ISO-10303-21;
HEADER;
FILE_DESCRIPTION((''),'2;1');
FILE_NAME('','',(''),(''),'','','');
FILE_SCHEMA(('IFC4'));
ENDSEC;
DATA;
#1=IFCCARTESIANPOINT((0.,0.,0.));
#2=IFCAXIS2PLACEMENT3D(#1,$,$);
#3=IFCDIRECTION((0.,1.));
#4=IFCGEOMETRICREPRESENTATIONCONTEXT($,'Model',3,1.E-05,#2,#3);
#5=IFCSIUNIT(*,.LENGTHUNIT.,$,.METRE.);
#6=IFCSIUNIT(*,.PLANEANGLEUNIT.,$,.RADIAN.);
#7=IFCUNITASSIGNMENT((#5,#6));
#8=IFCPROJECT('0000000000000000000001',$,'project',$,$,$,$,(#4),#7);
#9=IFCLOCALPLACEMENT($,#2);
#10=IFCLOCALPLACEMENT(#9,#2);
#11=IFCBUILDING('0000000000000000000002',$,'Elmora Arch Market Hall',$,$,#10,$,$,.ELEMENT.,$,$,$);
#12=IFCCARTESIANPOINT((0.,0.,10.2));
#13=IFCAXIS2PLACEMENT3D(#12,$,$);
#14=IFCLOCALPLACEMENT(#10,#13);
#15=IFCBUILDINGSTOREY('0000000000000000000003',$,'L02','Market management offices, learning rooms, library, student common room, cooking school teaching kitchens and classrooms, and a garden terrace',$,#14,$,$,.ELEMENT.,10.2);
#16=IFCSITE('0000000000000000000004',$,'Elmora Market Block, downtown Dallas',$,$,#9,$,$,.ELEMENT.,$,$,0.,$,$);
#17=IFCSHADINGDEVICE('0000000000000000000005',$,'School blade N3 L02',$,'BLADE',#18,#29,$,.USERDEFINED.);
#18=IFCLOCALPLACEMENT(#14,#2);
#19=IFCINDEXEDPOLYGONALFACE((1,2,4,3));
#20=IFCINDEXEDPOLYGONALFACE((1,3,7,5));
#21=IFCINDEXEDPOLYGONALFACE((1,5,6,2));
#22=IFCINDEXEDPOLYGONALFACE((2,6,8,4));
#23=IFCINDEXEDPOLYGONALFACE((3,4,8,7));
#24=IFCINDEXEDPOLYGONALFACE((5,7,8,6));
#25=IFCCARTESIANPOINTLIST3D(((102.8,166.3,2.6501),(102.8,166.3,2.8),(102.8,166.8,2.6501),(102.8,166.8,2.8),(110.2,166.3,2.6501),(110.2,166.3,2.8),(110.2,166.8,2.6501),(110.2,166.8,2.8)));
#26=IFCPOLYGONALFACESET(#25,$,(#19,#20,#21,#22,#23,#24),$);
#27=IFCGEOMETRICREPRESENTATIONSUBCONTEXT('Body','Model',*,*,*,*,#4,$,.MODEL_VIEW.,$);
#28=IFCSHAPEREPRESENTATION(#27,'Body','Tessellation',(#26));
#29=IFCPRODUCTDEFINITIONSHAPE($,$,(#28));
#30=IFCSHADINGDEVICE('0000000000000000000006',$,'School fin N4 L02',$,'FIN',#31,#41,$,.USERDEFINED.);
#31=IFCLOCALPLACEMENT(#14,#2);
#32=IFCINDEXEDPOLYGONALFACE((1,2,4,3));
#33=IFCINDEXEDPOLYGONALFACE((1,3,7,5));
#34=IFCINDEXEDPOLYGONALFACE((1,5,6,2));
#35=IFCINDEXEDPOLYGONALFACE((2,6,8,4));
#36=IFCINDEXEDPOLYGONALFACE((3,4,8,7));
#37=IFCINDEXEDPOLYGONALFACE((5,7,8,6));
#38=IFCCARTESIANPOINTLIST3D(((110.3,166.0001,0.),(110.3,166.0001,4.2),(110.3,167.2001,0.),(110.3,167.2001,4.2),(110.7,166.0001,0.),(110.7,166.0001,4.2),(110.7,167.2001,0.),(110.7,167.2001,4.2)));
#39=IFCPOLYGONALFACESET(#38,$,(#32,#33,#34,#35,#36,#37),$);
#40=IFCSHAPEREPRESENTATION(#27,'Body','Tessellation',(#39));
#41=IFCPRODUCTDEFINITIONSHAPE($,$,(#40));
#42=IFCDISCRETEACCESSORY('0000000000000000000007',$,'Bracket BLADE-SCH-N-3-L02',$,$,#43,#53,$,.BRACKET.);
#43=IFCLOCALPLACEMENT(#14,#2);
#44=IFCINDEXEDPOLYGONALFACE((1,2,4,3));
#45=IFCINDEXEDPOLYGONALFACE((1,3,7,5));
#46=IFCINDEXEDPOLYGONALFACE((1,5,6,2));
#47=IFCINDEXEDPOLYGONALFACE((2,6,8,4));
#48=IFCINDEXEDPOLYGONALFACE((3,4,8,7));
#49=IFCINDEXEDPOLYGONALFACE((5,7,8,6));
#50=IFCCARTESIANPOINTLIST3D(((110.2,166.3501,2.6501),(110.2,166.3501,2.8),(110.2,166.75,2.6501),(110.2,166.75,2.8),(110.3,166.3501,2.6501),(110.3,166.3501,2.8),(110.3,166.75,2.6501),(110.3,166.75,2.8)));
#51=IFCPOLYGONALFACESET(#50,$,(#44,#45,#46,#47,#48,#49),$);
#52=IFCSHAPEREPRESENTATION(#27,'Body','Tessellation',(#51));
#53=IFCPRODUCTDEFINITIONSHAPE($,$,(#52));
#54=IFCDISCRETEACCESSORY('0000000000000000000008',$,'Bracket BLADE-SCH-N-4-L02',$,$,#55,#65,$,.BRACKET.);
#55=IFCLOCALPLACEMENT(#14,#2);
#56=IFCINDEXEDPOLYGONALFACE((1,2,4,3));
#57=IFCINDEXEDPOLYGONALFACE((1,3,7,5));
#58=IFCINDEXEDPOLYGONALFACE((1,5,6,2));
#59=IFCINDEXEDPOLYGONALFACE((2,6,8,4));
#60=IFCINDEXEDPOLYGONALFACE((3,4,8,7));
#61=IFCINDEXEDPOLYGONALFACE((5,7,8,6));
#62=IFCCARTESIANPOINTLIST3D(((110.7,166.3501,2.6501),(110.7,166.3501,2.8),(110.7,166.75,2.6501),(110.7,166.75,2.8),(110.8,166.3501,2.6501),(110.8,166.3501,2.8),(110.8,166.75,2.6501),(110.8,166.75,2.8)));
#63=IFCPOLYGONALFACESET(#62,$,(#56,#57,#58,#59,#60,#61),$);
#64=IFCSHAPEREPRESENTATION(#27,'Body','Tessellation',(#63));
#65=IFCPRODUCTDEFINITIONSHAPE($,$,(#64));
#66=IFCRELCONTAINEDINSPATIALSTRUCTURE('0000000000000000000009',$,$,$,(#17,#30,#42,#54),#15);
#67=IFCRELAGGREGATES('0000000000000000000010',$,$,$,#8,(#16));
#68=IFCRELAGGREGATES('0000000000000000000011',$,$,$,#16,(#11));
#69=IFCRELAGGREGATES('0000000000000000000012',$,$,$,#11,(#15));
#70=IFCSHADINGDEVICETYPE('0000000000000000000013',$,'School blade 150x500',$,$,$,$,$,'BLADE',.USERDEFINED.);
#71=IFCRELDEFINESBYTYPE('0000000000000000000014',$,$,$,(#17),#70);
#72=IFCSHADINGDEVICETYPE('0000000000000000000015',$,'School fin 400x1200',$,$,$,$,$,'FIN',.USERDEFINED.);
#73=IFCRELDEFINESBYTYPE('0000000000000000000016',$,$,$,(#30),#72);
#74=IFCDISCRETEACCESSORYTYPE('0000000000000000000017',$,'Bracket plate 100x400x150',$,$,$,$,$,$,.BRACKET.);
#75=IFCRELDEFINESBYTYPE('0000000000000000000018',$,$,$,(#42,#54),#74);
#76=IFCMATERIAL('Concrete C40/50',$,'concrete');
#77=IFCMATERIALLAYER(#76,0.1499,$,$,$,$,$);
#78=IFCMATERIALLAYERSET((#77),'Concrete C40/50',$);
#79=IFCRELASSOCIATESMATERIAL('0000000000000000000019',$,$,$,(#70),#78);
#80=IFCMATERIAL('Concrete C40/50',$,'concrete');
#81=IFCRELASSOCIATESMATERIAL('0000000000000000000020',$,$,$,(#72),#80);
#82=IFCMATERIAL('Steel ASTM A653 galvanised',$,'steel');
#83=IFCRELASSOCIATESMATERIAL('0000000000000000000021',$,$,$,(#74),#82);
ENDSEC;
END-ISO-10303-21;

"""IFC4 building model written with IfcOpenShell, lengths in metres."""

from ifc_helpers import new_model, si_unit, direction, frame, origin, origin_2d, place, context, subcontext, project, spatial, rectangle, extrude, material, layer, layer_set, type_object, element, save


model = new_model("IFC4")

# Units and contexts
model_context = context("Model", 3, precision=1e-05, world=origin(), true_north=direction((0.0, 1.0)))
body_context = subcontext(model_context, "Body", "Model", "MODEL_VIEW")
ifc_project = project(units=[si_unit("LENGTHUNIT", "METRE"), si_unit("PLANEANGLEUNIT", "RADIAN")], contexts=[model_context])

# Site, building, storey
site_placement = place(None, origin())
site = spatial("IfcSite", under=ifc_project, at=site_placement, Name="Elmora Market Block, downtown Dallas", CompositionType="ELEMENT", RefElevation=0.0)
building_placement = place(site_placement, origin())
building = spatial("IfcBuilding", under=site, at=building_placement, Name="Elmora Arch Market Hall", CompositionType="ELEMENT")
storey_placement = place(building_placement, frame((0.0, 0.0, 10.2)))
storey = spatial("IfcBuildingStorey", under=building, at=storey_placement, Name="L02", Description="Market management offices, learning rooms, library, student common room, cooking school teaching kitchens and classrooms, and a garden terrace", CompositionType="ELEMENT", Elevation=10.2)

# Shading devices
ifc_material_1 = material(Name="Concrete C40/50", Category="concrete")
ifc_layer_1 = layer(ifc_material_1, 0.1499)
ifc_layer_set_1 = layer_set([ifc_layer_1], Name="Concrete C40/50")
shading_device_type_1 = type_object("IfcShadingDeviceType", Name="School blade 150x500", ElementType="BLADE", PredefinedType="USERDEFINED", material=ifc_layer_set_1)
shading_device_1_placement = place(storey_placement, frame((106.5, 166.55, 2.6501), z_axis=(0.0, 0.0, 1.0), x_axis=(1.0, 0.0, 0.0)))
element("IfcShadingDevice", 1, at=shading_device_1_placement, inside=storey, type_object=shading_device_type_1, Name="School blade N3 L02", ObjectType="BLADE", PredefinedType="USERDEFINED", context=body_context, shape_type="SweptSolid", body=[
    extrude(rectangle(XDim=7.3999, YDim=0.5, at=origin_2d()), origin(), (0.0, 0.0, 1.0), 0.1499),
])
ifc_material_2 = material(Name="Concrete C40/50", Category="concrete")
shading_device_type_2 = type_object("IfcShadingDeviceType", Name="School fin 400x1200", ElementType="FIN", PredefinedType="USERDEFINED", material=ifc_material_2)
shading_device_2_placement = place(storey_placement, frame((110.5, 166.6001, 0.0), z_axis=(0.0, 0.0, 1.0), x_axis=(1.0, 0.0, 0.0)))
element("IfcShadingDevice", 2, at=shading_device_2_placement, inside=storey, type_object=shading_device_type_2, Name="School fin N4 L02", ObjectType="FIN", PredefinedType="USERDEFINED", context=body_context, shape_type="SweptSolid", body=[
    extrude(rectangle(XDim=0.3999, YDim=1.2, at=origin_2d()), origin(), (0.0, 0.0, 1.0), 4.2),
])

# Discrete accessories
ifc_material_3 = material(Name="Steel ASTM A653 galvanised", Category="steel")
discrete_accessory_type = type_object("IfcDiscreteAccessoryType", Name="Bracket plate 100x400x150", PredefinedType="BRACKET", material=ifc_material_3)
for number, where, z_axis, x_axis, name in (
    (3, (110.25, 166.55, 2.6501), (0.0, 0.0, 1.0), (1.0, 0.0, 0.0), "Bracket BLADE-SCH-N-3-L02"),
    (4, (110.75, 166.55, 2.6501), (0.0, 0.0, 1.0), (1.0, 0.0, 0.0), "Bracket BLADE-SCH-N-4-L02"),
):
    element("IfcDiscreteAccessory", number, at=place(storey_placement, frame(where, z_axis=z_axis, x_axis=x_axis)), inside=storey, type_object=discrete_accessory_type, Name=name, PredefinedType="BRACKET", context=body_context, shape_type="SweptSolid", body=[
        extrude(rectangle(XDim=0.1001, YDim=0.3999, at=origin_2d()), origin(), (0.0, 0.0, 1.0), 0.1499),
    ])

save(model, "model.ifc")
